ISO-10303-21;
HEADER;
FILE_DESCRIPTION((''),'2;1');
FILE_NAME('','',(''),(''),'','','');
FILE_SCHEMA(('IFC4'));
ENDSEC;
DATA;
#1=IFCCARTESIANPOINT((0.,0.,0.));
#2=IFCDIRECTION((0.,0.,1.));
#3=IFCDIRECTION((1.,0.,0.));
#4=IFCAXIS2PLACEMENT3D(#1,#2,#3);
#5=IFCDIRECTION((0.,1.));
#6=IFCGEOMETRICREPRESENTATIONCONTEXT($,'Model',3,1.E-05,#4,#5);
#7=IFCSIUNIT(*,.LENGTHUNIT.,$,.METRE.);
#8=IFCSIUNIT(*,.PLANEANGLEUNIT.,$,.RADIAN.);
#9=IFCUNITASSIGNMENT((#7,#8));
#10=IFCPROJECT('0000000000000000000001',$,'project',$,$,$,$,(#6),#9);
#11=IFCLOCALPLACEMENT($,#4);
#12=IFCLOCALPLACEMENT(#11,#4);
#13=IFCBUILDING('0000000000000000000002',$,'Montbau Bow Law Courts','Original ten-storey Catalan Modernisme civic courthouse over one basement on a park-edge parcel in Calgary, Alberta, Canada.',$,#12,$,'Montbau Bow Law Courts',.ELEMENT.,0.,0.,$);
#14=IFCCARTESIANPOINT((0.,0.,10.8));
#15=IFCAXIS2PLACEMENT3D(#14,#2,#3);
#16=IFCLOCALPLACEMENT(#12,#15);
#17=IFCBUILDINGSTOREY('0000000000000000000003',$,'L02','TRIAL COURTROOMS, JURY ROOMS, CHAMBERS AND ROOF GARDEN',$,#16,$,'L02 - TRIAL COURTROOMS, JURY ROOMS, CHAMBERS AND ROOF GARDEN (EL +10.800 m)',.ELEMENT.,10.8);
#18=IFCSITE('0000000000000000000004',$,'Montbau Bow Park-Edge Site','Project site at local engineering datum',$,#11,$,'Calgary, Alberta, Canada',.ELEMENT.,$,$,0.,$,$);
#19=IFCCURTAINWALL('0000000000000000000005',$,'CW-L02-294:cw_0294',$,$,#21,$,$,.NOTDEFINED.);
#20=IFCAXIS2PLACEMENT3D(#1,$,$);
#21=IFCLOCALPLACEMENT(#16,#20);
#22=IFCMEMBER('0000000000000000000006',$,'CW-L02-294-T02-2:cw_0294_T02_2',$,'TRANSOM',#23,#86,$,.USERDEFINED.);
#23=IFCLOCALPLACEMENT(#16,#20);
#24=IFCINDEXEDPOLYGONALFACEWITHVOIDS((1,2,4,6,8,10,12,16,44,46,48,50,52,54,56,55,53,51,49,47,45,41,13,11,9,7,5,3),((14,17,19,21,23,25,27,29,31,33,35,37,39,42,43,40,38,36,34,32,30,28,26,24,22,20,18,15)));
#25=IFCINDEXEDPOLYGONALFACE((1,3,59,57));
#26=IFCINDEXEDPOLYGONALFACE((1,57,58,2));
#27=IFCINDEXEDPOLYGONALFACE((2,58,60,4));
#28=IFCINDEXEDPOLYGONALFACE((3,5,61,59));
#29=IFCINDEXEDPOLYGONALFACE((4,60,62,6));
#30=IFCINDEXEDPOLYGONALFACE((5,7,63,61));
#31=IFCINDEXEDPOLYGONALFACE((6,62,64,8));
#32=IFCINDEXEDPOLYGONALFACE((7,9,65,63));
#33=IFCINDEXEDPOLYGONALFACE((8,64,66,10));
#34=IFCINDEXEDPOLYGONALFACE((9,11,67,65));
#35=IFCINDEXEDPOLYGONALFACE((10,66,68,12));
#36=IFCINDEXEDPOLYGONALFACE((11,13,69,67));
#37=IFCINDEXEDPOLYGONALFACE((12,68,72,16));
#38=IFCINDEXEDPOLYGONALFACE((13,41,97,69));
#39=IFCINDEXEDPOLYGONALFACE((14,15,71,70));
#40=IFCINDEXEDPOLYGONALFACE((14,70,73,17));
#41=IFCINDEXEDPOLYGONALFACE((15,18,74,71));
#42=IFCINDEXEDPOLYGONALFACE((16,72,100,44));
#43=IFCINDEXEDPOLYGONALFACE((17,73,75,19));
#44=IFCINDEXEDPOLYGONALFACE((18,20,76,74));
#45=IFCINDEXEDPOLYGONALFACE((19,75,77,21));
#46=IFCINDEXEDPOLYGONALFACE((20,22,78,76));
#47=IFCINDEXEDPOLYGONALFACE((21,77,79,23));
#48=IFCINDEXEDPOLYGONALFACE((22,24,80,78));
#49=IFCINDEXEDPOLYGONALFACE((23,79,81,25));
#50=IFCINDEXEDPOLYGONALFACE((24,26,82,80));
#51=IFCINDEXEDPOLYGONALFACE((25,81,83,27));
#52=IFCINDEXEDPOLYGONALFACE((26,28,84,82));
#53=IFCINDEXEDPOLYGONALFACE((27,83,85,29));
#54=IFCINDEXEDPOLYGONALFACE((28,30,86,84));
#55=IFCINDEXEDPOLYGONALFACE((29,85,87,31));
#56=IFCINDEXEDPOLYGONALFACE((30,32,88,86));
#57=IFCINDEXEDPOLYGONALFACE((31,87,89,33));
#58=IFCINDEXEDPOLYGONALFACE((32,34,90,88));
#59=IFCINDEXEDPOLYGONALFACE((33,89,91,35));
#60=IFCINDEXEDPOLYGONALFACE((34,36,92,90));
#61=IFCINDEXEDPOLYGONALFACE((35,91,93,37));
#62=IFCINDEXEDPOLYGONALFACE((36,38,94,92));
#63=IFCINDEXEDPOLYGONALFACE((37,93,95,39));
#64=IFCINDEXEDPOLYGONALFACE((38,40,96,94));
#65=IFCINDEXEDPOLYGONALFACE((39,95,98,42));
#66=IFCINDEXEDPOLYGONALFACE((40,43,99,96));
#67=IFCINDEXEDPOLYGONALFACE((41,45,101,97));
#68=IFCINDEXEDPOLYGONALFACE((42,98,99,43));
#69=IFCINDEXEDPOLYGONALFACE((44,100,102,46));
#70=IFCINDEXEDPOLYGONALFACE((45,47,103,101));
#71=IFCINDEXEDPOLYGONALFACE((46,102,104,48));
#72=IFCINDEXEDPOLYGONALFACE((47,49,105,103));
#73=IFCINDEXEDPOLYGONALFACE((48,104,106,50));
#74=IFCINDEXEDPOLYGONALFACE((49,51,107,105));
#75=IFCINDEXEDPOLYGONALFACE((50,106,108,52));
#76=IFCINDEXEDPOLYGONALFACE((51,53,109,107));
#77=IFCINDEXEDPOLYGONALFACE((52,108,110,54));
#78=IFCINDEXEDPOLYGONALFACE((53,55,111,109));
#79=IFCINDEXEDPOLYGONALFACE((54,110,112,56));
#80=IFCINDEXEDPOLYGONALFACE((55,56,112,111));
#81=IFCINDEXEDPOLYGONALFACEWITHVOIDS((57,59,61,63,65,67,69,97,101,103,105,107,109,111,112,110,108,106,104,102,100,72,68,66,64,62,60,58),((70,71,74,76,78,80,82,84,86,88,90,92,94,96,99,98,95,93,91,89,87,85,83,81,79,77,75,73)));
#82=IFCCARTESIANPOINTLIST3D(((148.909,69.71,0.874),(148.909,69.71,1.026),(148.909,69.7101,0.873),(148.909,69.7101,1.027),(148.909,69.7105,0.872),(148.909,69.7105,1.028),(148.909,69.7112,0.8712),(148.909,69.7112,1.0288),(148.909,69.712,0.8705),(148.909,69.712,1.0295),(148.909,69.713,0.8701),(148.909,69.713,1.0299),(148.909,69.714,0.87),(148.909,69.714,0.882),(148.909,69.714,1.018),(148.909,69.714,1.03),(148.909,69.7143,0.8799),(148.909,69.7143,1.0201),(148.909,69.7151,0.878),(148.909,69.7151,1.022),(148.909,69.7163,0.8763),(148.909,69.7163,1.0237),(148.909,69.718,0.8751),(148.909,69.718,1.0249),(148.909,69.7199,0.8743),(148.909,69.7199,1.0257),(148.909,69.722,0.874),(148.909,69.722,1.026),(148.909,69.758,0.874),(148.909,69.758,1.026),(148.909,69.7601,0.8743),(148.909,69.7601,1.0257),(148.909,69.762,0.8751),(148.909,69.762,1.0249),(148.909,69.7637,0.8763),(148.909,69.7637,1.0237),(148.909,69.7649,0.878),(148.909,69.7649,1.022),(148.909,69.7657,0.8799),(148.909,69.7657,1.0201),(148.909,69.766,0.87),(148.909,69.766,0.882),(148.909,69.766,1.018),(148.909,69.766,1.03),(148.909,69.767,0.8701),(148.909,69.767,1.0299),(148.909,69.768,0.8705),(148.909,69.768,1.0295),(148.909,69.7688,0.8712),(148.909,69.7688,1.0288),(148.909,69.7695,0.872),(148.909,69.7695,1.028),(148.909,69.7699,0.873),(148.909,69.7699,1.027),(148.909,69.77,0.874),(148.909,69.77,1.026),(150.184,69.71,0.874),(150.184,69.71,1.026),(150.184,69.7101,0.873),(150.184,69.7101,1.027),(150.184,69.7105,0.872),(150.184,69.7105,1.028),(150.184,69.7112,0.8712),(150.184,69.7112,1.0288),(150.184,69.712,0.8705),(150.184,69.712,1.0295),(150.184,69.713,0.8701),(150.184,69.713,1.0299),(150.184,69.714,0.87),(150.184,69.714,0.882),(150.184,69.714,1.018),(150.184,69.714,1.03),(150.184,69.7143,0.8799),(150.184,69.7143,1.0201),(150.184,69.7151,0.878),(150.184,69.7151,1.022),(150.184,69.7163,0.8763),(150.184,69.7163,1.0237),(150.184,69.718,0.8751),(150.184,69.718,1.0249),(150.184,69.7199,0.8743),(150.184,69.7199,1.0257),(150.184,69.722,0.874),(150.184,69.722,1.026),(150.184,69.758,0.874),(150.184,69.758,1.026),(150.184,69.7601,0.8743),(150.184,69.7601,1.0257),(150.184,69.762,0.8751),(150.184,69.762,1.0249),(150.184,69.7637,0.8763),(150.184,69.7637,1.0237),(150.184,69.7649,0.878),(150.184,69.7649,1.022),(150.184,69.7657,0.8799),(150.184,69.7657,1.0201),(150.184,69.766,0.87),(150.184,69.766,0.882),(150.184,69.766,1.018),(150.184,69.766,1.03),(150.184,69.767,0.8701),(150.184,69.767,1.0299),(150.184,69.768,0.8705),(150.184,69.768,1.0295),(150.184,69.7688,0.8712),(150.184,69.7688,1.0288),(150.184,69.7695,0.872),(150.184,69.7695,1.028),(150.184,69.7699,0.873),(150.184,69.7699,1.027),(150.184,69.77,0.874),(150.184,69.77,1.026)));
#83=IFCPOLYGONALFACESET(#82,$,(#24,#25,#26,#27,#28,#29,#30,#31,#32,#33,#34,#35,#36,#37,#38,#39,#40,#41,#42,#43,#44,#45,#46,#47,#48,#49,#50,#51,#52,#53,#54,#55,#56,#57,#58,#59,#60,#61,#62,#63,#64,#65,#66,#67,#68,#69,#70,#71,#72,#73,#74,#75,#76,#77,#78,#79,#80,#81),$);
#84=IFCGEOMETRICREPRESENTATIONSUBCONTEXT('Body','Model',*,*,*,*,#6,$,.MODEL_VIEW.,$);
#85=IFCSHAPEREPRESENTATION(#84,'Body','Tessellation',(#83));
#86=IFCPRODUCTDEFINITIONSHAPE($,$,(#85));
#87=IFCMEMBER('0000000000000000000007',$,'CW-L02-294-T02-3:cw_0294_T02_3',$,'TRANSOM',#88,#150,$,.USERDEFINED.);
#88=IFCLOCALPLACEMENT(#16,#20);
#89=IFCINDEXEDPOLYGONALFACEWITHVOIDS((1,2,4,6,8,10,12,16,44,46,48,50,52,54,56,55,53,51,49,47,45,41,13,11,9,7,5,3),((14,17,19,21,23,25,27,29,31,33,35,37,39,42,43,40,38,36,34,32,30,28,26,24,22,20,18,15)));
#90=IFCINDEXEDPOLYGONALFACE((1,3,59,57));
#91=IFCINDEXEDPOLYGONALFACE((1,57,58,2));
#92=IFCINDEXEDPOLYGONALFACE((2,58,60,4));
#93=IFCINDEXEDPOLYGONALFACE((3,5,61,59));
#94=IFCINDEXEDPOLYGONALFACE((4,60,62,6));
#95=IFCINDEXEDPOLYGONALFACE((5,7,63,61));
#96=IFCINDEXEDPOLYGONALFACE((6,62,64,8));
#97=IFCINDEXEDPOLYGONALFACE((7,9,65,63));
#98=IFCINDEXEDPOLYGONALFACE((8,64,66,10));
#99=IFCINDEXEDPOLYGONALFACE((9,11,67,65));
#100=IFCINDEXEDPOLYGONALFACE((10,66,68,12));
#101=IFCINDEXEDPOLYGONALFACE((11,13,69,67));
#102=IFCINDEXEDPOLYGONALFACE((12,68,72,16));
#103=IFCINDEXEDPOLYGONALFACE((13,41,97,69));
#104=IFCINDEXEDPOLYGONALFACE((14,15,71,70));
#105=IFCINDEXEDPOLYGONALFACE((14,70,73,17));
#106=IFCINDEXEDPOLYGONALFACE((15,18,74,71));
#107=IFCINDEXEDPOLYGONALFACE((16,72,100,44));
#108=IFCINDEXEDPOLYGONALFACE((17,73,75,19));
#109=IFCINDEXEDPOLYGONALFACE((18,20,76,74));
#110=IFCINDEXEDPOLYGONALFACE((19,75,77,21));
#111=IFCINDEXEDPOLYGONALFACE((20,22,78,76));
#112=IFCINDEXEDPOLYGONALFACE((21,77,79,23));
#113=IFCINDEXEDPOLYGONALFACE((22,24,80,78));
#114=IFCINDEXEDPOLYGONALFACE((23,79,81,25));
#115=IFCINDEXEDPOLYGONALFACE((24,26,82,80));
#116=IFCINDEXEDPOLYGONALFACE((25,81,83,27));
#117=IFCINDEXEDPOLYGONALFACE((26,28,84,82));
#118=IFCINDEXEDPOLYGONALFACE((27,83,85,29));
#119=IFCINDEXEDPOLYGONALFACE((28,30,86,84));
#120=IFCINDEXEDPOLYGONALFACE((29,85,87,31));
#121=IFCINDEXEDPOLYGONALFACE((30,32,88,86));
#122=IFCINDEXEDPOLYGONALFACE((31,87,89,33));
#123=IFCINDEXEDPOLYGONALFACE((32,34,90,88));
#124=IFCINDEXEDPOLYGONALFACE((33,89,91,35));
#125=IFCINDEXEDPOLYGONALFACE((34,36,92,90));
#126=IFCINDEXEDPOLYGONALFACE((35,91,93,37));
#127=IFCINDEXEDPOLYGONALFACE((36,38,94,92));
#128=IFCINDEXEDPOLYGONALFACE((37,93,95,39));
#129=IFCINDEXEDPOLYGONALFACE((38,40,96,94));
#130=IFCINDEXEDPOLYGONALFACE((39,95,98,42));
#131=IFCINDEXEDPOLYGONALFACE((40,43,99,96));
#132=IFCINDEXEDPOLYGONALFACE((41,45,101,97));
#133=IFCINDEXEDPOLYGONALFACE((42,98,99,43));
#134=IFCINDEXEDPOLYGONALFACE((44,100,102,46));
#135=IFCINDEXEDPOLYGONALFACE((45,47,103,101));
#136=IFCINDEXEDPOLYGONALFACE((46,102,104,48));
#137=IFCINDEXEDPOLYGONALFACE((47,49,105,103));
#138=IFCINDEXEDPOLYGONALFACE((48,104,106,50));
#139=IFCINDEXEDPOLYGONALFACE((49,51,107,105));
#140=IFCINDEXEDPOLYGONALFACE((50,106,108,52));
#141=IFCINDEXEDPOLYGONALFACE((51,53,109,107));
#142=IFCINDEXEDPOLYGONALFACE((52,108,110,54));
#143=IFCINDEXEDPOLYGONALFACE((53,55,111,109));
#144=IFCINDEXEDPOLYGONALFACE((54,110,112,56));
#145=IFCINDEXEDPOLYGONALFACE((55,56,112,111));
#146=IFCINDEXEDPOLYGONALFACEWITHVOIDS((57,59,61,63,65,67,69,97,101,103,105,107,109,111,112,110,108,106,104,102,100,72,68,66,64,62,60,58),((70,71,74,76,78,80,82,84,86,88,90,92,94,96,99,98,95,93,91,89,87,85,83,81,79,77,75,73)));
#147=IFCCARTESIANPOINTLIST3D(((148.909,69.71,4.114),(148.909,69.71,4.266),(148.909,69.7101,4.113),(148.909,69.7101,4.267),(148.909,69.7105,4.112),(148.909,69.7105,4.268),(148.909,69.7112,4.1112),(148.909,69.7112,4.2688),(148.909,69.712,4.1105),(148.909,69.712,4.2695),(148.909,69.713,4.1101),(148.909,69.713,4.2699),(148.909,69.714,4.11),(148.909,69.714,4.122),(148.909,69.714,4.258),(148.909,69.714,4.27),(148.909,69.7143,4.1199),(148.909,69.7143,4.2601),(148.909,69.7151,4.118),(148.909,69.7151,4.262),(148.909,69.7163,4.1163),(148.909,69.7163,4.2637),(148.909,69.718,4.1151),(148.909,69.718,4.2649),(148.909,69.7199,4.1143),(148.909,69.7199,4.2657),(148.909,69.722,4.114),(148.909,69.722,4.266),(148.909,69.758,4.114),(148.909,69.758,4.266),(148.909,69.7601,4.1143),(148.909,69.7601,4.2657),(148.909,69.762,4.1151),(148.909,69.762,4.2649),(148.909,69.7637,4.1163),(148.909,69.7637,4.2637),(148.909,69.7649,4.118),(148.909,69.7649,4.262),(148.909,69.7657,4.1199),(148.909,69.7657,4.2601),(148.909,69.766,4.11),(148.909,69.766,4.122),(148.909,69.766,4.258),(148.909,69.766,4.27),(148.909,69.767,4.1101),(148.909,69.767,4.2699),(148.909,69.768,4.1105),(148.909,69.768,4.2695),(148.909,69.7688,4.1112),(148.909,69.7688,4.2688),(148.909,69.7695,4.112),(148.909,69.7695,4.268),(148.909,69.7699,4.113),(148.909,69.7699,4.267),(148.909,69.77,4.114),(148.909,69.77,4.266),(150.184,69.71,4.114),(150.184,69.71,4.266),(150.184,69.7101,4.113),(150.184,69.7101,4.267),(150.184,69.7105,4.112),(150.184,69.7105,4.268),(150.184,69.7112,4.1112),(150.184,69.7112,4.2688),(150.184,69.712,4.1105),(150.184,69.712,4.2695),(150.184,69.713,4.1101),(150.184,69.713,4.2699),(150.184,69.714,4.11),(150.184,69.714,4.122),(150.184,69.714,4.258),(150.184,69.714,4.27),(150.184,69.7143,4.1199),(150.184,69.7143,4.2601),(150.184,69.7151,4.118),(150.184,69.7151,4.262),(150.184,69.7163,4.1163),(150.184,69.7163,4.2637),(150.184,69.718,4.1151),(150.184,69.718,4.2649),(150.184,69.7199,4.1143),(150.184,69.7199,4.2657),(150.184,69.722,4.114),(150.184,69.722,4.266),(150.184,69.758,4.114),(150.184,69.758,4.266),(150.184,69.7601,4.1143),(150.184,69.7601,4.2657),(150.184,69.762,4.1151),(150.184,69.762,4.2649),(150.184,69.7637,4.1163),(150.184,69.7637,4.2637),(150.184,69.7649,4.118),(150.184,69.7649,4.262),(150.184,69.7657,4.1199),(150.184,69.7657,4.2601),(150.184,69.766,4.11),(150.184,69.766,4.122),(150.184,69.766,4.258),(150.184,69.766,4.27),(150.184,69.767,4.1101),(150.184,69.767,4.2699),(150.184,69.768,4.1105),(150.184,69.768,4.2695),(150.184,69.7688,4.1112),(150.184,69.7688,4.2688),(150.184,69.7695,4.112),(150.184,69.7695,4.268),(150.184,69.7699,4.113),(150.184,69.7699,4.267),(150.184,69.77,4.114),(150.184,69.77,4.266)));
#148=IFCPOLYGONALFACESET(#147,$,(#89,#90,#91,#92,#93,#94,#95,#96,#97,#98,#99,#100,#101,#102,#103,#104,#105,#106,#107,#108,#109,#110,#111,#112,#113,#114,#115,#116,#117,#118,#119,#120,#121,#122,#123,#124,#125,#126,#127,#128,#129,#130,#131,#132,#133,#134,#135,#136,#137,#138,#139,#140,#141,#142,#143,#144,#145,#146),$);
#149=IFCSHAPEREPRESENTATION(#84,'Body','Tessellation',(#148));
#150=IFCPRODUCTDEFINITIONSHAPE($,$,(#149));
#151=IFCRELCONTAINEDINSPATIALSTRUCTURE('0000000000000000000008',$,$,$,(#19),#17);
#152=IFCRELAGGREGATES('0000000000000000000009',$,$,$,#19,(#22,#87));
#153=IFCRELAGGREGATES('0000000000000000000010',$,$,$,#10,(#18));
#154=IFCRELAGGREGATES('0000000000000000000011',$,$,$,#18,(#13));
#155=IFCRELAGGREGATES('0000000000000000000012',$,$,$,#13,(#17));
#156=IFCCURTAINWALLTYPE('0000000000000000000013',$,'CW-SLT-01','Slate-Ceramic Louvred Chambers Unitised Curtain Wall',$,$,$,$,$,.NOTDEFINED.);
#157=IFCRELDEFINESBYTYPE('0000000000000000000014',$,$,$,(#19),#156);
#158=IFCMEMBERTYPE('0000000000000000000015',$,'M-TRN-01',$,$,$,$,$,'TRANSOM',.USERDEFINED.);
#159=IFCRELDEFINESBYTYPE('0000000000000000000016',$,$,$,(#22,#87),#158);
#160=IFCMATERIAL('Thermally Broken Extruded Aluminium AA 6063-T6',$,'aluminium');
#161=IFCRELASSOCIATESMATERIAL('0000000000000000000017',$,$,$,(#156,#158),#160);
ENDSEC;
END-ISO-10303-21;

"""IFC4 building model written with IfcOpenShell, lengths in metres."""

from ifc_helpers import new_model, si_unit, direction, frame, origin_with_axes, origin_2d_with_axis, place, context, subcontext, project, spatial, hollow_rectangle, extrude, material, material_profile, profile_set, type_object, element, aggregate, save


model = new_model("IFC4")

# Units and contexts
model_context = context("Model", 3, precision=1e-05, world=origin_with_axes(), true_north=direction((0.0, 1.0)))
body_context = subcontext(model_context, "Body", "Model", "MODEL_VIEW")
ifc_project = project(units=[si_unit("LENGTHUNIT", "METRE"), si_unit("PLANEANGLEUNIT", "RADIAN")], contexts=[model_context])

# Site, building, storey
site_placement = place(None, origin_with_axes())
site = spatial("IfcSite", under=ifc_project, at=site_placement, Name="Montbau Bow Park-Edge Site", Description="Project site at local engineering datum", LongName="Calgary, Alberta, Canada", CompositionType="ELEMENT", RefElevation=0.0)
building_placement = place(site_placement, origin_with_axes())
building = spatial("IfcBuilding", under=site, at=building_placement, Name="Montbau Bow Law Courts", Description="Original ten-storey Catalan Modernisme civic courthouse over one basement on a park-edge parcel in Calgary, Alberta, Canada.", LongName="Montbau Bow Law Courts", CompositionType="ELEMENT", ElevationOfRefHeight=0.0, ElevationOfTerrain=0.0)
storey_placement = place(building_placement, frame((0.0, 0.0, 10.8), z_axis=(0.0, 0.0, 1.0), x_axis=(1.0, 0.0, 0.0)))
storey = spatial("IfcBuildingStorey", under=building, at=storey_placement, Name="L02", Description="TRIAL COURTROOMS, JURY ROOMS, CHAMBERS AND ROOF GARDEN", LongName="L02 - TRIAL COURTROOMS, JURY ROOMS, CHAMBERS AND ROOF GARDEN (EL +10.800 m)", CompositionType="ELEMENT", Elevation=10.8)

# Curtain wall, members
ifc_material_1 = material(Name="Thermally Broken Extruded Aluminium AA 6063-T6", Category="aluminium")
curtain_wall_type = type_object("IfcCurtainWallType", Name="CW-SLT-01", Description="Slate-Ceramic Louvred Chambers Unitised Curtain Wall", PredefinedType="NOTDEFINED", material=ifc_material_1)
curtain_wall_placement = place(None, frame((147.515, 69.74, 10.8), z_axis=(0.0, 0.0, 1.0), x_axis=(1.0, 0.0, 0.0)))
curtain_wall = element("IfcCurtainWall", 1, at=curtain_wall_placement, inside=storey, type_object=curtain_wall_type, Name="CW-L02-294:cw_0294", PredefinedType="NOTDEFINED")
ifc_material_profile_1 = material_profile(ifc_material_1, hollow_rectangle(XDim=0.06, YDim=0.16, WallThickness=0.004, InnerFilletRadius=0.008, OuterFilletRadius=0.004, at=origin_2d_with_axis()), Name="CWT-160X60", Category="Main", Priority=0)
ifc_profile_set_1 = profile_set([ifc_material_profile_1], Name="Thermally Broken Extruded Aluminium AA 6063-T6")
member_type_1 = type_object("IfcMemberType", Name="M-TRN-01", ElementType="TRANSOM", PredefinedType="USERDEFINED", material=ifc_profile_set_1)
member_1_placement = place(None, frame((148.909, 69.74, 11.75), z_axis=(1.0, 0.0, 0.0), x_axis=(0.0, 1.0, 0.0)))
member_1 = element("IfcMember", 2, at=member_1_placement, type_object=member_type_1, Name="CW-L02-294-T02-2:cw_0294_T02_2", ObjectType="TRANSOM", PredefinedType="USERDEFINED", context=body_context, shape_type="SweptSolid", body=[
    extrude(hollow_rectangle(XDim=0.06, YDim=0.16, WallThickness=0.004, InnerFilletRadius=0.008, OuterFilletRadius=0.004, at=origin_2d_with_axis()), origin_with_axes(), (0.0, 0.0, 1.0), 1.275),
])
member_2_placement = place(None, frame((148.909, 69.74, 14.99), z_axis=(1.0, 0.0, 0.0), x_axis=(0.0, 1.0, 0.0)))
member_2 = element("IfcMember", 3, at=member_2_placement, type_object=member_type_1, Name="CW-L02-294-T02-3:cw_0294_T02_3", ObjectType="TRANSOM", PredefinedType="USERDEFINED", context=body_context, shape_type="SweptSolid", body=[
    extrude(hollow_rectangle(XDim=0.06, YDim=0.16, WallThickness=0.004, InnerFilletRadius=0.008, OuterFilletRadius=0.004, at=origin_2d_with_axis()), origin_with_axes(), (0.0, 0.0, 1.0), 1.275),
])
aggregate(curtain_wall, [member_1, member_2])

save(model, "model.ifc")
